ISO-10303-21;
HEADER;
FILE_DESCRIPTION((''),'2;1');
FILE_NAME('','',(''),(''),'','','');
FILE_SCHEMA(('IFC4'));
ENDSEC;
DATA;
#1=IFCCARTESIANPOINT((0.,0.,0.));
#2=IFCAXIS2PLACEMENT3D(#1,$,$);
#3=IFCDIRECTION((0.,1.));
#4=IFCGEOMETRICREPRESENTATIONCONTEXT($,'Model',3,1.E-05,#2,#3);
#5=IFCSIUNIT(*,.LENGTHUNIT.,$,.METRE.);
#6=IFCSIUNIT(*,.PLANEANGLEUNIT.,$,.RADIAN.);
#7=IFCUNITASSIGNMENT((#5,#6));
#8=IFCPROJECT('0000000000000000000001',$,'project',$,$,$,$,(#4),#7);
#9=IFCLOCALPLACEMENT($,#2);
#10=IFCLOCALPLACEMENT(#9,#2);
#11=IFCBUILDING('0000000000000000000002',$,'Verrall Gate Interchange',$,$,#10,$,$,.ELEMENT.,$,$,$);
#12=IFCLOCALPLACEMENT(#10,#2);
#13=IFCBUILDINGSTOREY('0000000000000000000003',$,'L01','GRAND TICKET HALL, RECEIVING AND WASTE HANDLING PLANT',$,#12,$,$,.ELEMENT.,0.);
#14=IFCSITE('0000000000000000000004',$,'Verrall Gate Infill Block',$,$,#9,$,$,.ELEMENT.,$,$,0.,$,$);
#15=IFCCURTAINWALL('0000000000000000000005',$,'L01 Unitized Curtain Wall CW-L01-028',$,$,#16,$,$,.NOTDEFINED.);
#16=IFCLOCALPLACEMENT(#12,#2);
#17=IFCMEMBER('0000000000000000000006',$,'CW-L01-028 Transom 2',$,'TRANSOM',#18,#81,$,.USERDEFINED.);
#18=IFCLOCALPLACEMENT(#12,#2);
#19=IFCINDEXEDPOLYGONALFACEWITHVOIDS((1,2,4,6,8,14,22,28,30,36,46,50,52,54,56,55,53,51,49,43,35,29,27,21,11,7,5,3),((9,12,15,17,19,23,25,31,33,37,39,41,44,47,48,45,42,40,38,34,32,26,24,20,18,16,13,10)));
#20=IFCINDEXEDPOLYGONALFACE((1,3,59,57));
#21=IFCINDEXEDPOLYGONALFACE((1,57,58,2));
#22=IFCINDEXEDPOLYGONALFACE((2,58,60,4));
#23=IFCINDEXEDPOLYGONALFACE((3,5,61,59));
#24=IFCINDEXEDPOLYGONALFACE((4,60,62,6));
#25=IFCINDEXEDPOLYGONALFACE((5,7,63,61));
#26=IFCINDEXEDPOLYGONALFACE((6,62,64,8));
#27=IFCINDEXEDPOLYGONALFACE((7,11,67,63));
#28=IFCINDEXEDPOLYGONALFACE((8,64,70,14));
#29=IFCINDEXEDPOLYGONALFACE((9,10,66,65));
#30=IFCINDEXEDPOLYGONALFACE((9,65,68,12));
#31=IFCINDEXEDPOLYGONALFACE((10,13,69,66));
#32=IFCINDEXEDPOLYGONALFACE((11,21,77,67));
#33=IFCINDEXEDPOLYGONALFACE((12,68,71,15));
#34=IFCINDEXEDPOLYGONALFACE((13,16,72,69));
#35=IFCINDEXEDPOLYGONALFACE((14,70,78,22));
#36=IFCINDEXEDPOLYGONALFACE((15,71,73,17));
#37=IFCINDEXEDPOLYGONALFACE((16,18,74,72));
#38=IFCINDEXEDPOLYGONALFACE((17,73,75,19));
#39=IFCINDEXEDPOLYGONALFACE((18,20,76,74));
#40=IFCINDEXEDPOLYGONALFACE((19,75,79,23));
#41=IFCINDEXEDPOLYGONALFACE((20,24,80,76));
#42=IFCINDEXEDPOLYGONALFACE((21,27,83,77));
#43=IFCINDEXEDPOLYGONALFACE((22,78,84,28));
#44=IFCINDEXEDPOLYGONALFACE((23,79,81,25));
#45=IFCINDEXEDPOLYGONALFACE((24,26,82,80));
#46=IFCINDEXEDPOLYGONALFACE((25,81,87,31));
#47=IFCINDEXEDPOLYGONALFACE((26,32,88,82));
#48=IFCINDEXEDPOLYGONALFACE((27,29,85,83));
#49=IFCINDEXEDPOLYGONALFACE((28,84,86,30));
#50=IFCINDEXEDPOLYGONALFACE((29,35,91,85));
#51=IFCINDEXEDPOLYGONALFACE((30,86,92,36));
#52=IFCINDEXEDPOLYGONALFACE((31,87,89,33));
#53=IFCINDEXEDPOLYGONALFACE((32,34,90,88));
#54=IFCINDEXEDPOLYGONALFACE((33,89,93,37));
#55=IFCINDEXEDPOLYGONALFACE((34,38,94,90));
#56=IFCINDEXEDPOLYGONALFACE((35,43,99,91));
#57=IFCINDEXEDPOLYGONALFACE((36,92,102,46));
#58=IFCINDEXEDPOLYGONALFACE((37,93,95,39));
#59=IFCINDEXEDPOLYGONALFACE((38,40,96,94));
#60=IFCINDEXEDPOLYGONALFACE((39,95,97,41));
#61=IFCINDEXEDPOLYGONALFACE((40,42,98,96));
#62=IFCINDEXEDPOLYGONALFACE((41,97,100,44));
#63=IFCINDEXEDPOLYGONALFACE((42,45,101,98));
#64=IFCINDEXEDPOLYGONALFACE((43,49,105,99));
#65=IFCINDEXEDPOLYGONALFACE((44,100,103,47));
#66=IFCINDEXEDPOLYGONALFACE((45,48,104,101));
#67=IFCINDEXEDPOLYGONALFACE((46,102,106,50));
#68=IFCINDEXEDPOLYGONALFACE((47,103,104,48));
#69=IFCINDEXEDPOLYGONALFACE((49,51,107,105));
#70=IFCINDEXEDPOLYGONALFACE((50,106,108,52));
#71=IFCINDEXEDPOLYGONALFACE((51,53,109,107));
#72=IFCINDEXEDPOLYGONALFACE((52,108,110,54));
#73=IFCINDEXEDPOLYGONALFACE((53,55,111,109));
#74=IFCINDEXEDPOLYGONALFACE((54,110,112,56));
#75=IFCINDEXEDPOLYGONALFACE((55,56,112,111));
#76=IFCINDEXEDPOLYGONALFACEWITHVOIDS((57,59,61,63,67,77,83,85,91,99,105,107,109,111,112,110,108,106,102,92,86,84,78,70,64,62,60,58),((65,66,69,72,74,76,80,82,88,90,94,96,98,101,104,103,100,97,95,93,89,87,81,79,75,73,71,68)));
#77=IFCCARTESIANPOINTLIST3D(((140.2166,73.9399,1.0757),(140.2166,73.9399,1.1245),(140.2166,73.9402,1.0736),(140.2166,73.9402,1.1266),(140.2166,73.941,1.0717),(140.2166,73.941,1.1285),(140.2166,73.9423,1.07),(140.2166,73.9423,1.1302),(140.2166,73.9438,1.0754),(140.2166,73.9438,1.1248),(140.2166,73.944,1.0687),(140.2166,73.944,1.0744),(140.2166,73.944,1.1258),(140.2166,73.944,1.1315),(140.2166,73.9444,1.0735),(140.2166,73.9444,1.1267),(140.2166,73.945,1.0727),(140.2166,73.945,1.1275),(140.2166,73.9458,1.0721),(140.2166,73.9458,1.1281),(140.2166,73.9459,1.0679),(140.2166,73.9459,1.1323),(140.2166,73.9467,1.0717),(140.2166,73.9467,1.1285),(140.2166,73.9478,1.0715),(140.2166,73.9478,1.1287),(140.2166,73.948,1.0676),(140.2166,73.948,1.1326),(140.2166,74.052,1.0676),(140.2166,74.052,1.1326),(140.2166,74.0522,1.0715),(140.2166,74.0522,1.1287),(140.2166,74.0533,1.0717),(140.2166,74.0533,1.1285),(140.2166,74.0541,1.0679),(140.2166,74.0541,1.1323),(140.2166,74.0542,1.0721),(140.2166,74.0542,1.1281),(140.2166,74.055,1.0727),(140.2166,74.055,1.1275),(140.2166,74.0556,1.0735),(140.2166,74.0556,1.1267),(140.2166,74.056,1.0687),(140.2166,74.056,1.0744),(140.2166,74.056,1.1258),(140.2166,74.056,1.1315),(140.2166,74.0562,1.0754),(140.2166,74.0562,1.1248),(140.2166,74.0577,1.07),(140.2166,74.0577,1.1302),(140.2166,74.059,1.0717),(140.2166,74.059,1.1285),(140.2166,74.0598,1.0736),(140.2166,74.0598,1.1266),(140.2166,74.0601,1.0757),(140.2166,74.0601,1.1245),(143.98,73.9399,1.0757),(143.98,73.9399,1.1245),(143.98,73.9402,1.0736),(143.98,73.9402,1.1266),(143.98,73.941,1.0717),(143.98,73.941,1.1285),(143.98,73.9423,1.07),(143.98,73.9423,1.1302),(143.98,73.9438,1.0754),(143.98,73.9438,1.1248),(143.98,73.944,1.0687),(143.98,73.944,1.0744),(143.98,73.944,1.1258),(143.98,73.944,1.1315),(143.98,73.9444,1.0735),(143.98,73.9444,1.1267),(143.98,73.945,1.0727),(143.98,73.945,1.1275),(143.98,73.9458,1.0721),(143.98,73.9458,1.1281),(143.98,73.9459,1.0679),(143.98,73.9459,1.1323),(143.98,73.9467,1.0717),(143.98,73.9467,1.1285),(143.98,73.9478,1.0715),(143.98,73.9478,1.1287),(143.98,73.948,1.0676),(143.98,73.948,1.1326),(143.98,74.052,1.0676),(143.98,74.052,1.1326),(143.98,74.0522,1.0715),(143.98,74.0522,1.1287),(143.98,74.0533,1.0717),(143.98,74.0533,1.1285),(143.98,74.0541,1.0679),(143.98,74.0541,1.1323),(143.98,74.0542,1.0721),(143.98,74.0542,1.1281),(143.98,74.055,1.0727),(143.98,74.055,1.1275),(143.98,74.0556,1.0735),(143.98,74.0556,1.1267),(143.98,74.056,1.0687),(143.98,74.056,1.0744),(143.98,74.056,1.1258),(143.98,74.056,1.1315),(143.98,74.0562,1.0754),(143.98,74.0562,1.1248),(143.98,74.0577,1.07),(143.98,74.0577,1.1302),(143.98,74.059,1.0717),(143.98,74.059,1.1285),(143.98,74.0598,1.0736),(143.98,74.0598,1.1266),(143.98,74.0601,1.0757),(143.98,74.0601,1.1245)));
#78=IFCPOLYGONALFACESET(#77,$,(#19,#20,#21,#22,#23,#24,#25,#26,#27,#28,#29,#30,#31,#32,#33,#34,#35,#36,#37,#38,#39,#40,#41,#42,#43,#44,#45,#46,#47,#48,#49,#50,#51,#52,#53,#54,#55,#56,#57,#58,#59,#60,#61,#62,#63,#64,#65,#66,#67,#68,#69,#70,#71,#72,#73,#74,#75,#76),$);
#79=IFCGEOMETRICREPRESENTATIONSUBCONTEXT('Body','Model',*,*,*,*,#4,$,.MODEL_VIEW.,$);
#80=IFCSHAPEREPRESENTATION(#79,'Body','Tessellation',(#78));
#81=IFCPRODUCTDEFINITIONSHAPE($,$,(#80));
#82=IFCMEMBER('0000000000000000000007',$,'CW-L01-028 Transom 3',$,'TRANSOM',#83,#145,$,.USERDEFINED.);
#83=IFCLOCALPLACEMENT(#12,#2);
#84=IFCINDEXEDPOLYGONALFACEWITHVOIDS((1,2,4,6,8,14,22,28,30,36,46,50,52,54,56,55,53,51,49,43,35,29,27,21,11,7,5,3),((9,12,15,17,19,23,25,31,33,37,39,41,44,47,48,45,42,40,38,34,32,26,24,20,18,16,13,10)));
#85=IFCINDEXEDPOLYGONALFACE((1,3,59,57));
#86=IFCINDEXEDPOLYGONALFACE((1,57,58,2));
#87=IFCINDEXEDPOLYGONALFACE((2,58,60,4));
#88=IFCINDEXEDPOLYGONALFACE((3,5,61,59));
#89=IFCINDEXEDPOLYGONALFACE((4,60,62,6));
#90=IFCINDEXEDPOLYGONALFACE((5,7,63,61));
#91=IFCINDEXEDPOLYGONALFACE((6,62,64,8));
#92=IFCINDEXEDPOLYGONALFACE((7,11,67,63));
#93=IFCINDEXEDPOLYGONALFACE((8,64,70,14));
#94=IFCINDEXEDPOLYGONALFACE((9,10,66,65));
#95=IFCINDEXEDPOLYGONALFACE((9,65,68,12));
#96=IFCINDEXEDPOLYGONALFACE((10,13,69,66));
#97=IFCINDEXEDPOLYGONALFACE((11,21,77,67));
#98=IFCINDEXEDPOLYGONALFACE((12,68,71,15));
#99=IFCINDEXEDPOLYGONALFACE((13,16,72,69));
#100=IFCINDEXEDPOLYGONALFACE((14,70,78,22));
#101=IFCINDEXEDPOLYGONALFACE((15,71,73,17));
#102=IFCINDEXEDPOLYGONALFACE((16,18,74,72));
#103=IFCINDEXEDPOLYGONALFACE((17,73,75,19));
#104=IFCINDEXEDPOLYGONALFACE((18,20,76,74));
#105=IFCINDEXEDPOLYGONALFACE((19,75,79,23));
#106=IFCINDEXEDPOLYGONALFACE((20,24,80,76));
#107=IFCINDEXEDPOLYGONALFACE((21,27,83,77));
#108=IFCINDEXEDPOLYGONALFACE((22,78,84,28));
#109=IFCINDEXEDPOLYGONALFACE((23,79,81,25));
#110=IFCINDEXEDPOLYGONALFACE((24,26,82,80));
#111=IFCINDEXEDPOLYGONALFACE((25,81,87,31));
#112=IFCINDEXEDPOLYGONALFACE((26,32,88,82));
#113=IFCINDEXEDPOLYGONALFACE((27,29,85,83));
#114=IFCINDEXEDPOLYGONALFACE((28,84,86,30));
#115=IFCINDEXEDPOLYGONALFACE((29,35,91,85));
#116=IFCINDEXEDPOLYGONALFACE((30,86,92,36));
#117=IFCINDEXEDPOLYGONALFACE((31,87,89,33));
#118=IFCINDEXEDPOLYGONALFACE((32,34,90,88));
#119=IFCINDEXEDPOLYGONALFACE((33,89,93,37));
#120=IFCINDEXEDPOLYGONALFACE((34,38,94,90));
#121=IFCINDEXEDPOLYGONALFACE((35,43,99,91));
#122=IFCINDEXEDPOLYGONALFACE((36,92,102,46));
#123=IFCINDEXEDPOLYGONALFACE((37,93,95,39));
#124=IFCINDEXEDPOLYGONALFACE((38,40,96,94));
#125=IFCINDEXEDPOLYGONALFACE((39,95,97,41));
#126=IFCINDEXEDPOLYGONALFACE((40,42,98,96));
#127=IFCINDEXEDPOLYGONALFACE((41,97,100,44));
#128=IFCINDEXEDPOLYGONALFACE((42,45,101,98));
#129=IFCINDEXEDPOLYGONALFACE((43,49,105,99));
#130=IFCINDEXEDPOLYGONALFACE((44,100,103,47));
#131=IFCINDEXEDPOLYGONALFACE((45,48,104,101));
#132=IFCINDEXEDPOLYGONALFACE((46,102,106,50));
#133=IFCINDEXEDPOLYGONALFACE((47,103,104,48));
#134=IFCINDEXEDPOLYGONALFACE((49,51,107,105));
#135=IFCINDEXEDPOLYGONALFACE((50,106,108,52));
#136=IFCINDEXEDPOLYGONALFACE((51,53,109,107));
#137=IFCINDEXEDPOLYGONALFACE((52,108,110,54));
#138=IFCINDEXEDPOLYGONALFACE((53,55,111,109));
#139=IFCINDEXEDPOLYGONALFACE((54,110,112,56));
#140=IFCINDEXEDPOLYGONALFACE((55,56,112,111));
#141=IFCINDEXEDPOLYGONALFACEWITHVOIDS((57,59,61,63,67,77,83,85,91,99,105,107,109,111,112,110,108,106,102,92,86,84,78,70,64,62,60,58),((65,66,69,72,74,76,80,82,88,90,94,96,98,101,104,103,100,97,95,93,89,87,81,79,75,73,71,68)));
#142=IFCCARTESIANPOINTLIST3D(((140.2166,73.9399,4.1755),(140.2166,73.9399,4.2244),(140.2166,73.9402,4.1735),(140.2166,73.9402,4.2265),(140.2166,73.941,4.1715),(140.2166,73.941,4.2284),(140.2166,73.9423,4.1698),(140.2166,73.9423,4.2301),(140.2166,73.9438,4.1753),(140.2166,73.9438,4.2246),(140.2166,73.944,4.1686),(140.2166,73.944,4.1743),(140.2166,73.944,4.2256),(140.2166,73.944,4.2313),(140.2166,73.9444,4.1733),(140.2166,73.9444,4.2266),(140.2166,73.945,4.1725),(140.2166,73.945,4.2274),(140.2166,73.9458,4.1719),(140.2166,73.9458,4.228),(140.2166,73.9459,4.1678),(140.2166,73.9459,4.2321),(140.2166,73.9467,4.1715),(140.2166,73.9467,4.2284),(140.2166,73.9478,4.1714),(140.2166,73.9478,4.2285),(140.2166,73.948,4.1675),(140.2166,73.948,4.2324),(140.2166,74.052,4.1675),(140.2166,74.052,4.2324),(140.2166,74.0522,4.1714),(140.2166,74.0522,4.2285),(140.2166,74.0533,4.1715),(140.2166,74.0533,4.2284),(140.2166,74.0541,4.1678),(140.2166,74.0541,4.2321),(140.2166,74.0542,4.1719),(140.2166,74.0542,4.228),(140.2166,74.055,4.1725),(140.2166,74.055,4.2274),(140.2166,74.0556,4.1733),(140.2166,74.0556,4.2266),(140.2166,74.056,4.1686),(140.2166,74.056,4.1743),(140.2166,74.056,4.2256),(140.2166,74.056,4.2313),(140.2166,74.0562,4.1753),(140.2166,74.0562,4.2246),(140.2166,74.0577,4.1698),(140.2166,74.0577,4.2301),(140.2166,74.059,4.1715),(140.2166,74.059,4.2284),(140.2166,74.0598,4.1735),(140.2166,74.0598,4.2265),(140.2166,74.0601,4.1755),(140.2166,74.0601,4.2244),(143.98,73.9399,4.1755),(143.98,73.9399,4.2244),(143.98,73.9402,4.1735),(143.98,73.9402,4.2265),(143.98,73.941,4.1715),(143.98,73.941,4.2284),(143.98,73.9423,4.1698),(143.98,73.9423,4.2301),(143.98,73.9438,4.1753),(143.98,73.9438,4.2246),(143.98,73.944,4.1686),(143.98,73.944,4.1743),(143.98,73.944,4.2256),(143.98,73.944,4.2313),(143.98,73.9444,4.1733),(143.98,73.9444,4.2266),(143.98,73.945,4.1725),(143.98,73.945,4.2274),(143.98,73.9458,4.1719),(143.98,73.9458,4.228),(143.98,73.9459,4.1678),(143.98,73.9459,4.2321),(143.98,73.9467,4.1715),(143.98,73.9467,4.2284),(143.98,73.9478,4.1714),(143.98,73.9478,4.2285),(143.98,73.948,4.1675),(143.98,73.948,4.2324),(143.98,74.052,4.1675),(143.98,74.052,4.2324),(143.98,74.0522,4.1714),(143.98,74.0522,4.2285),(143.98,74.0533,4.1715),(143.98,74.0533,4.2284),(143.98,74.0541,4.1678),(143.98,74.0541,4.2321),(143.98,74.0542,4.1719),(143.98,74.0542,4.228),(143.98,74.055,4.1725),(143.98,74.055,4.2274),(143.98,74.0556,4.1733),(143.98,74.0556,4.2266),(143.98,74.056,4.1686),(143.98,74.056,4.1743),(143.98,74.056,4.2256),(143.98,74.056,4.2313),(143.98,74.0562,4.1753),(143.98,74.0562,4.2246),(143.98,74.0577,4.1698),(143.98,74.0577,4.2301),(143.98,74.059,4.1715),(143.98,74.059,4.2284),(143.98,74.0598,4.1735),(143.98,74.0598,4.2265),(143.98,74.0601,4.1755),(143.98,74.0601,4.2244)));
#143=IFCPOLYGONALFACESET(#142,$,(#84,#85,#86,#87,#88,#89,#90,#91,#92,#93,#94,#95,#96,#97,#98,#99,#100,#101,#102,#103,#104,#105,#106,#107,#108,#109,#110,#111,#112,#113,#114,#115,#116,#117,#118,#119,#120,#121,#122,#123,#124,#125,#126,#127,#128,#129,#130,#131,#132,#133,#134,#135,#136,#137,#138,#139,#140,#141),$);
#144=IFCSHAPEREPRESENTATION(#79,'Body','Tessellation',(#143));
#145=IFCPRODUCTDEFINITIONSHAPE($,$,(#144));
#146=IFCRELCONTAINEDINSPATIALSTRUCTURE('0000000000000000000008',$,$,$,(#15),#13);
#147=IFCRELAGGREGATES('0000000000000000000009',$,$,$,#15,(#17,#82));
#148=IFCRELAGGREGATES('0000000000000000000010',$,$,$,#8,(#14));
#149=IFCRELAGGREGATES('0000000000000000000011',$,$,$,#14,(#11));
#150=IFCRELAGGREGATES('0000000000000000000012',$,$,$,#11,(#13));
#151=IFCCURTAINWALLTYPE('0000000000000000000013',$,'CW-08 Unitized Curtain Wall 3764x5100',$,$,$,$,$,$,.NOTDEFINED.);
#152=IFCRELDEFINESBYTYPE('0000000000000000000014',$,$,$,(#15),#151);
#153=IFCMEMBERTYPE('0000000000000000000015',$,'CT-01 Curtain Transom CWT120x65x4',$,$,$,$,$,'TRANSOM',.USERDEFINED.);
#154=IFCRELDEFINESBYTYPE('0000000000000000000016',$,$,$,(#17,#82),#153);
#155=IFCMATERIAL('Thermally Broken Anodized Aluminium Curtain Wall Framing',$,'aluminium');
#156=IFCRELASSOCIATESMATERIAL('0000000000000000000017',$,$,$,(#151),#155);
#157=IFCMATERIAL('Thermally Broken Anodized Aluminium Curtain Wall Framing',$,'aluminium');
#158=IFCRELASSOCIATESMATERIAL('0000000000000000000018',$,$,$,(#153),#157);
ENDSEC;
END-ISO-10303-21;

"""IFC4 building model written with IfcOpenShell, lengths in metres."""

from ifc_helpers import new_model, si_unit, direction, frame, origin, origin_2d, place, context, subcontext, project, spatial, hollow_rectangle, extrude, material, material_profile, profile_set, type_object, element, aggregate, save


model = new_model("IFC4")

# Units and contexts
model_context = context("Model", 3, precision=1e-05, world=origin(), true_north=direction((0.0, 1.0)))
body_context = subcontext(model_context, "Body", "Model", "MODEL_VIEW")
ifc_project = project(units=[si_unit("LENGTHUNIT", "METRE"), si_unit("PLANEANGLEUNIT", "RADIAN")], contexts=[model_context])

# Site, building, storey
site_placement = place(None, origin())
site = spatial("IfcSite", under=ifc_project, at=site_placement, Name="Verrall Gate Infill Block", CompositionType="ELEMENT", RefElevation=0.0)
building_placement = place(site_placement, origin())
building = spatial("IfcBuilding", under=site, at=building_placement, Name="Verrall Gate Interchange", CompositionType="ELEMENT")
storey_placement = place(building_placement, origin())
storey = spatial("IfcBuildingStorey", under=building, at=storey_placement, Name="L01", Description="GRAND TICKET HALL, RECEIVING AND WASTE HANDLING PLANT", CompositionType="ELEMENT", Elevation=0.0)

# Curtain wall
ifc_material_1 = material(Name="Thermally Broken Anodized Aluminium Curtain Wall Framing", Category="aluminium")
curtain_wall_type_1 = type_object("IfcCurtainWallType", Name="CW-08 Unitized Curtain Wall 3764x5100", PredefinedType="NOTDEFINED", material=ifc_material_1)
curtain_wall_1_placement = place(storey_placement, origin())
curtain_wall_1 = element("IfcCurtainWall", 1, at=curtain_wall_1_placement, inside=storey, type_object=curtain_wall_type_1, Name="L01 Unitized Curtain Wall CW-L01-028", PredefinedType="NOTDEFINED")

# Members
ifc_material_2 = material(Name="Thermally Broken Anodized Aluminium Curtain Wall Framing", Category="aluminium")
ifc_material_profile_1 = material_profile(ifc_material_2, hollow_rectangle(XDim=0.1201, YDim=0.0649, WallThickness=0.0039, InnerFilletRadius=0.0039, OuterFilletRadius=0.0081, at=origin_2d()), Name="CWT120x65x4")
ifc_profile_set_1 = profile_set([ifc_material_profile_1], Name="Thermally Broken Anodized Aluminium Curtain Wall Framing")
member_type_1 = type_object("IfcMemberType", Name="CT-01 Curtain Transom CWT120x65x4", ElementType="TRANSOM", PredefinedType="USERDEFINED", material=ifc_profile_set_1)
member_1_placement = place(storey_placement, frame((140.2166, 74.0, 1.1001), z_axis=(1.0, 0.0, 0.0), x_axis=(0.0, 1.0, 0.0)))
member_1 = element("IfcMember", 2, at=member_1_placement, type_object=member_type_1, Name="CW-L01-028 Transom 2", ObjectType="TRANSOM", PredefinedType="USERDEFINED", context=body_context, shape_type="SweptSolid", body=[
    extrude(hollow_rectangle(XDim=0.1201, YDim=0.0649, WallThickness=0.0039, InnerFilletRadius=0.0039, OuterFilletRadius=0.0081, at=origin_2d()), origin(), (0.0, 0.0, 1.0), 3.7634),
])
member_2_placement = place(storey_placement, frame((140.2166, 74.0, 4.2), z_axis=(1.0, 0.0, 0.0), x_axis=(0.0, 1.0, 0.0)))
member_2 = element("IfcMember", 3, at=member_2_placement, type_object=member_type_1, Name="CW-L01-028 Transom 3", ObjectType="TRANSOM", PredefinedType="USERDEFINED", context=body_context, shape_type="SweptSolid", body=[
    extrude(hollow_rectangle(XDim=0.1201, YDim=0.0649, WallThickness=0.0039, InnerFilletRadius=0.0039, OuterFilletRadius=0.0081, at=origin_2d()), origin(), (0.0, 0.0, 1.0), 3.7634),
])

aggregate(curtain_wall_1, [member_1, member_2])

save(model, "model.ifc")
